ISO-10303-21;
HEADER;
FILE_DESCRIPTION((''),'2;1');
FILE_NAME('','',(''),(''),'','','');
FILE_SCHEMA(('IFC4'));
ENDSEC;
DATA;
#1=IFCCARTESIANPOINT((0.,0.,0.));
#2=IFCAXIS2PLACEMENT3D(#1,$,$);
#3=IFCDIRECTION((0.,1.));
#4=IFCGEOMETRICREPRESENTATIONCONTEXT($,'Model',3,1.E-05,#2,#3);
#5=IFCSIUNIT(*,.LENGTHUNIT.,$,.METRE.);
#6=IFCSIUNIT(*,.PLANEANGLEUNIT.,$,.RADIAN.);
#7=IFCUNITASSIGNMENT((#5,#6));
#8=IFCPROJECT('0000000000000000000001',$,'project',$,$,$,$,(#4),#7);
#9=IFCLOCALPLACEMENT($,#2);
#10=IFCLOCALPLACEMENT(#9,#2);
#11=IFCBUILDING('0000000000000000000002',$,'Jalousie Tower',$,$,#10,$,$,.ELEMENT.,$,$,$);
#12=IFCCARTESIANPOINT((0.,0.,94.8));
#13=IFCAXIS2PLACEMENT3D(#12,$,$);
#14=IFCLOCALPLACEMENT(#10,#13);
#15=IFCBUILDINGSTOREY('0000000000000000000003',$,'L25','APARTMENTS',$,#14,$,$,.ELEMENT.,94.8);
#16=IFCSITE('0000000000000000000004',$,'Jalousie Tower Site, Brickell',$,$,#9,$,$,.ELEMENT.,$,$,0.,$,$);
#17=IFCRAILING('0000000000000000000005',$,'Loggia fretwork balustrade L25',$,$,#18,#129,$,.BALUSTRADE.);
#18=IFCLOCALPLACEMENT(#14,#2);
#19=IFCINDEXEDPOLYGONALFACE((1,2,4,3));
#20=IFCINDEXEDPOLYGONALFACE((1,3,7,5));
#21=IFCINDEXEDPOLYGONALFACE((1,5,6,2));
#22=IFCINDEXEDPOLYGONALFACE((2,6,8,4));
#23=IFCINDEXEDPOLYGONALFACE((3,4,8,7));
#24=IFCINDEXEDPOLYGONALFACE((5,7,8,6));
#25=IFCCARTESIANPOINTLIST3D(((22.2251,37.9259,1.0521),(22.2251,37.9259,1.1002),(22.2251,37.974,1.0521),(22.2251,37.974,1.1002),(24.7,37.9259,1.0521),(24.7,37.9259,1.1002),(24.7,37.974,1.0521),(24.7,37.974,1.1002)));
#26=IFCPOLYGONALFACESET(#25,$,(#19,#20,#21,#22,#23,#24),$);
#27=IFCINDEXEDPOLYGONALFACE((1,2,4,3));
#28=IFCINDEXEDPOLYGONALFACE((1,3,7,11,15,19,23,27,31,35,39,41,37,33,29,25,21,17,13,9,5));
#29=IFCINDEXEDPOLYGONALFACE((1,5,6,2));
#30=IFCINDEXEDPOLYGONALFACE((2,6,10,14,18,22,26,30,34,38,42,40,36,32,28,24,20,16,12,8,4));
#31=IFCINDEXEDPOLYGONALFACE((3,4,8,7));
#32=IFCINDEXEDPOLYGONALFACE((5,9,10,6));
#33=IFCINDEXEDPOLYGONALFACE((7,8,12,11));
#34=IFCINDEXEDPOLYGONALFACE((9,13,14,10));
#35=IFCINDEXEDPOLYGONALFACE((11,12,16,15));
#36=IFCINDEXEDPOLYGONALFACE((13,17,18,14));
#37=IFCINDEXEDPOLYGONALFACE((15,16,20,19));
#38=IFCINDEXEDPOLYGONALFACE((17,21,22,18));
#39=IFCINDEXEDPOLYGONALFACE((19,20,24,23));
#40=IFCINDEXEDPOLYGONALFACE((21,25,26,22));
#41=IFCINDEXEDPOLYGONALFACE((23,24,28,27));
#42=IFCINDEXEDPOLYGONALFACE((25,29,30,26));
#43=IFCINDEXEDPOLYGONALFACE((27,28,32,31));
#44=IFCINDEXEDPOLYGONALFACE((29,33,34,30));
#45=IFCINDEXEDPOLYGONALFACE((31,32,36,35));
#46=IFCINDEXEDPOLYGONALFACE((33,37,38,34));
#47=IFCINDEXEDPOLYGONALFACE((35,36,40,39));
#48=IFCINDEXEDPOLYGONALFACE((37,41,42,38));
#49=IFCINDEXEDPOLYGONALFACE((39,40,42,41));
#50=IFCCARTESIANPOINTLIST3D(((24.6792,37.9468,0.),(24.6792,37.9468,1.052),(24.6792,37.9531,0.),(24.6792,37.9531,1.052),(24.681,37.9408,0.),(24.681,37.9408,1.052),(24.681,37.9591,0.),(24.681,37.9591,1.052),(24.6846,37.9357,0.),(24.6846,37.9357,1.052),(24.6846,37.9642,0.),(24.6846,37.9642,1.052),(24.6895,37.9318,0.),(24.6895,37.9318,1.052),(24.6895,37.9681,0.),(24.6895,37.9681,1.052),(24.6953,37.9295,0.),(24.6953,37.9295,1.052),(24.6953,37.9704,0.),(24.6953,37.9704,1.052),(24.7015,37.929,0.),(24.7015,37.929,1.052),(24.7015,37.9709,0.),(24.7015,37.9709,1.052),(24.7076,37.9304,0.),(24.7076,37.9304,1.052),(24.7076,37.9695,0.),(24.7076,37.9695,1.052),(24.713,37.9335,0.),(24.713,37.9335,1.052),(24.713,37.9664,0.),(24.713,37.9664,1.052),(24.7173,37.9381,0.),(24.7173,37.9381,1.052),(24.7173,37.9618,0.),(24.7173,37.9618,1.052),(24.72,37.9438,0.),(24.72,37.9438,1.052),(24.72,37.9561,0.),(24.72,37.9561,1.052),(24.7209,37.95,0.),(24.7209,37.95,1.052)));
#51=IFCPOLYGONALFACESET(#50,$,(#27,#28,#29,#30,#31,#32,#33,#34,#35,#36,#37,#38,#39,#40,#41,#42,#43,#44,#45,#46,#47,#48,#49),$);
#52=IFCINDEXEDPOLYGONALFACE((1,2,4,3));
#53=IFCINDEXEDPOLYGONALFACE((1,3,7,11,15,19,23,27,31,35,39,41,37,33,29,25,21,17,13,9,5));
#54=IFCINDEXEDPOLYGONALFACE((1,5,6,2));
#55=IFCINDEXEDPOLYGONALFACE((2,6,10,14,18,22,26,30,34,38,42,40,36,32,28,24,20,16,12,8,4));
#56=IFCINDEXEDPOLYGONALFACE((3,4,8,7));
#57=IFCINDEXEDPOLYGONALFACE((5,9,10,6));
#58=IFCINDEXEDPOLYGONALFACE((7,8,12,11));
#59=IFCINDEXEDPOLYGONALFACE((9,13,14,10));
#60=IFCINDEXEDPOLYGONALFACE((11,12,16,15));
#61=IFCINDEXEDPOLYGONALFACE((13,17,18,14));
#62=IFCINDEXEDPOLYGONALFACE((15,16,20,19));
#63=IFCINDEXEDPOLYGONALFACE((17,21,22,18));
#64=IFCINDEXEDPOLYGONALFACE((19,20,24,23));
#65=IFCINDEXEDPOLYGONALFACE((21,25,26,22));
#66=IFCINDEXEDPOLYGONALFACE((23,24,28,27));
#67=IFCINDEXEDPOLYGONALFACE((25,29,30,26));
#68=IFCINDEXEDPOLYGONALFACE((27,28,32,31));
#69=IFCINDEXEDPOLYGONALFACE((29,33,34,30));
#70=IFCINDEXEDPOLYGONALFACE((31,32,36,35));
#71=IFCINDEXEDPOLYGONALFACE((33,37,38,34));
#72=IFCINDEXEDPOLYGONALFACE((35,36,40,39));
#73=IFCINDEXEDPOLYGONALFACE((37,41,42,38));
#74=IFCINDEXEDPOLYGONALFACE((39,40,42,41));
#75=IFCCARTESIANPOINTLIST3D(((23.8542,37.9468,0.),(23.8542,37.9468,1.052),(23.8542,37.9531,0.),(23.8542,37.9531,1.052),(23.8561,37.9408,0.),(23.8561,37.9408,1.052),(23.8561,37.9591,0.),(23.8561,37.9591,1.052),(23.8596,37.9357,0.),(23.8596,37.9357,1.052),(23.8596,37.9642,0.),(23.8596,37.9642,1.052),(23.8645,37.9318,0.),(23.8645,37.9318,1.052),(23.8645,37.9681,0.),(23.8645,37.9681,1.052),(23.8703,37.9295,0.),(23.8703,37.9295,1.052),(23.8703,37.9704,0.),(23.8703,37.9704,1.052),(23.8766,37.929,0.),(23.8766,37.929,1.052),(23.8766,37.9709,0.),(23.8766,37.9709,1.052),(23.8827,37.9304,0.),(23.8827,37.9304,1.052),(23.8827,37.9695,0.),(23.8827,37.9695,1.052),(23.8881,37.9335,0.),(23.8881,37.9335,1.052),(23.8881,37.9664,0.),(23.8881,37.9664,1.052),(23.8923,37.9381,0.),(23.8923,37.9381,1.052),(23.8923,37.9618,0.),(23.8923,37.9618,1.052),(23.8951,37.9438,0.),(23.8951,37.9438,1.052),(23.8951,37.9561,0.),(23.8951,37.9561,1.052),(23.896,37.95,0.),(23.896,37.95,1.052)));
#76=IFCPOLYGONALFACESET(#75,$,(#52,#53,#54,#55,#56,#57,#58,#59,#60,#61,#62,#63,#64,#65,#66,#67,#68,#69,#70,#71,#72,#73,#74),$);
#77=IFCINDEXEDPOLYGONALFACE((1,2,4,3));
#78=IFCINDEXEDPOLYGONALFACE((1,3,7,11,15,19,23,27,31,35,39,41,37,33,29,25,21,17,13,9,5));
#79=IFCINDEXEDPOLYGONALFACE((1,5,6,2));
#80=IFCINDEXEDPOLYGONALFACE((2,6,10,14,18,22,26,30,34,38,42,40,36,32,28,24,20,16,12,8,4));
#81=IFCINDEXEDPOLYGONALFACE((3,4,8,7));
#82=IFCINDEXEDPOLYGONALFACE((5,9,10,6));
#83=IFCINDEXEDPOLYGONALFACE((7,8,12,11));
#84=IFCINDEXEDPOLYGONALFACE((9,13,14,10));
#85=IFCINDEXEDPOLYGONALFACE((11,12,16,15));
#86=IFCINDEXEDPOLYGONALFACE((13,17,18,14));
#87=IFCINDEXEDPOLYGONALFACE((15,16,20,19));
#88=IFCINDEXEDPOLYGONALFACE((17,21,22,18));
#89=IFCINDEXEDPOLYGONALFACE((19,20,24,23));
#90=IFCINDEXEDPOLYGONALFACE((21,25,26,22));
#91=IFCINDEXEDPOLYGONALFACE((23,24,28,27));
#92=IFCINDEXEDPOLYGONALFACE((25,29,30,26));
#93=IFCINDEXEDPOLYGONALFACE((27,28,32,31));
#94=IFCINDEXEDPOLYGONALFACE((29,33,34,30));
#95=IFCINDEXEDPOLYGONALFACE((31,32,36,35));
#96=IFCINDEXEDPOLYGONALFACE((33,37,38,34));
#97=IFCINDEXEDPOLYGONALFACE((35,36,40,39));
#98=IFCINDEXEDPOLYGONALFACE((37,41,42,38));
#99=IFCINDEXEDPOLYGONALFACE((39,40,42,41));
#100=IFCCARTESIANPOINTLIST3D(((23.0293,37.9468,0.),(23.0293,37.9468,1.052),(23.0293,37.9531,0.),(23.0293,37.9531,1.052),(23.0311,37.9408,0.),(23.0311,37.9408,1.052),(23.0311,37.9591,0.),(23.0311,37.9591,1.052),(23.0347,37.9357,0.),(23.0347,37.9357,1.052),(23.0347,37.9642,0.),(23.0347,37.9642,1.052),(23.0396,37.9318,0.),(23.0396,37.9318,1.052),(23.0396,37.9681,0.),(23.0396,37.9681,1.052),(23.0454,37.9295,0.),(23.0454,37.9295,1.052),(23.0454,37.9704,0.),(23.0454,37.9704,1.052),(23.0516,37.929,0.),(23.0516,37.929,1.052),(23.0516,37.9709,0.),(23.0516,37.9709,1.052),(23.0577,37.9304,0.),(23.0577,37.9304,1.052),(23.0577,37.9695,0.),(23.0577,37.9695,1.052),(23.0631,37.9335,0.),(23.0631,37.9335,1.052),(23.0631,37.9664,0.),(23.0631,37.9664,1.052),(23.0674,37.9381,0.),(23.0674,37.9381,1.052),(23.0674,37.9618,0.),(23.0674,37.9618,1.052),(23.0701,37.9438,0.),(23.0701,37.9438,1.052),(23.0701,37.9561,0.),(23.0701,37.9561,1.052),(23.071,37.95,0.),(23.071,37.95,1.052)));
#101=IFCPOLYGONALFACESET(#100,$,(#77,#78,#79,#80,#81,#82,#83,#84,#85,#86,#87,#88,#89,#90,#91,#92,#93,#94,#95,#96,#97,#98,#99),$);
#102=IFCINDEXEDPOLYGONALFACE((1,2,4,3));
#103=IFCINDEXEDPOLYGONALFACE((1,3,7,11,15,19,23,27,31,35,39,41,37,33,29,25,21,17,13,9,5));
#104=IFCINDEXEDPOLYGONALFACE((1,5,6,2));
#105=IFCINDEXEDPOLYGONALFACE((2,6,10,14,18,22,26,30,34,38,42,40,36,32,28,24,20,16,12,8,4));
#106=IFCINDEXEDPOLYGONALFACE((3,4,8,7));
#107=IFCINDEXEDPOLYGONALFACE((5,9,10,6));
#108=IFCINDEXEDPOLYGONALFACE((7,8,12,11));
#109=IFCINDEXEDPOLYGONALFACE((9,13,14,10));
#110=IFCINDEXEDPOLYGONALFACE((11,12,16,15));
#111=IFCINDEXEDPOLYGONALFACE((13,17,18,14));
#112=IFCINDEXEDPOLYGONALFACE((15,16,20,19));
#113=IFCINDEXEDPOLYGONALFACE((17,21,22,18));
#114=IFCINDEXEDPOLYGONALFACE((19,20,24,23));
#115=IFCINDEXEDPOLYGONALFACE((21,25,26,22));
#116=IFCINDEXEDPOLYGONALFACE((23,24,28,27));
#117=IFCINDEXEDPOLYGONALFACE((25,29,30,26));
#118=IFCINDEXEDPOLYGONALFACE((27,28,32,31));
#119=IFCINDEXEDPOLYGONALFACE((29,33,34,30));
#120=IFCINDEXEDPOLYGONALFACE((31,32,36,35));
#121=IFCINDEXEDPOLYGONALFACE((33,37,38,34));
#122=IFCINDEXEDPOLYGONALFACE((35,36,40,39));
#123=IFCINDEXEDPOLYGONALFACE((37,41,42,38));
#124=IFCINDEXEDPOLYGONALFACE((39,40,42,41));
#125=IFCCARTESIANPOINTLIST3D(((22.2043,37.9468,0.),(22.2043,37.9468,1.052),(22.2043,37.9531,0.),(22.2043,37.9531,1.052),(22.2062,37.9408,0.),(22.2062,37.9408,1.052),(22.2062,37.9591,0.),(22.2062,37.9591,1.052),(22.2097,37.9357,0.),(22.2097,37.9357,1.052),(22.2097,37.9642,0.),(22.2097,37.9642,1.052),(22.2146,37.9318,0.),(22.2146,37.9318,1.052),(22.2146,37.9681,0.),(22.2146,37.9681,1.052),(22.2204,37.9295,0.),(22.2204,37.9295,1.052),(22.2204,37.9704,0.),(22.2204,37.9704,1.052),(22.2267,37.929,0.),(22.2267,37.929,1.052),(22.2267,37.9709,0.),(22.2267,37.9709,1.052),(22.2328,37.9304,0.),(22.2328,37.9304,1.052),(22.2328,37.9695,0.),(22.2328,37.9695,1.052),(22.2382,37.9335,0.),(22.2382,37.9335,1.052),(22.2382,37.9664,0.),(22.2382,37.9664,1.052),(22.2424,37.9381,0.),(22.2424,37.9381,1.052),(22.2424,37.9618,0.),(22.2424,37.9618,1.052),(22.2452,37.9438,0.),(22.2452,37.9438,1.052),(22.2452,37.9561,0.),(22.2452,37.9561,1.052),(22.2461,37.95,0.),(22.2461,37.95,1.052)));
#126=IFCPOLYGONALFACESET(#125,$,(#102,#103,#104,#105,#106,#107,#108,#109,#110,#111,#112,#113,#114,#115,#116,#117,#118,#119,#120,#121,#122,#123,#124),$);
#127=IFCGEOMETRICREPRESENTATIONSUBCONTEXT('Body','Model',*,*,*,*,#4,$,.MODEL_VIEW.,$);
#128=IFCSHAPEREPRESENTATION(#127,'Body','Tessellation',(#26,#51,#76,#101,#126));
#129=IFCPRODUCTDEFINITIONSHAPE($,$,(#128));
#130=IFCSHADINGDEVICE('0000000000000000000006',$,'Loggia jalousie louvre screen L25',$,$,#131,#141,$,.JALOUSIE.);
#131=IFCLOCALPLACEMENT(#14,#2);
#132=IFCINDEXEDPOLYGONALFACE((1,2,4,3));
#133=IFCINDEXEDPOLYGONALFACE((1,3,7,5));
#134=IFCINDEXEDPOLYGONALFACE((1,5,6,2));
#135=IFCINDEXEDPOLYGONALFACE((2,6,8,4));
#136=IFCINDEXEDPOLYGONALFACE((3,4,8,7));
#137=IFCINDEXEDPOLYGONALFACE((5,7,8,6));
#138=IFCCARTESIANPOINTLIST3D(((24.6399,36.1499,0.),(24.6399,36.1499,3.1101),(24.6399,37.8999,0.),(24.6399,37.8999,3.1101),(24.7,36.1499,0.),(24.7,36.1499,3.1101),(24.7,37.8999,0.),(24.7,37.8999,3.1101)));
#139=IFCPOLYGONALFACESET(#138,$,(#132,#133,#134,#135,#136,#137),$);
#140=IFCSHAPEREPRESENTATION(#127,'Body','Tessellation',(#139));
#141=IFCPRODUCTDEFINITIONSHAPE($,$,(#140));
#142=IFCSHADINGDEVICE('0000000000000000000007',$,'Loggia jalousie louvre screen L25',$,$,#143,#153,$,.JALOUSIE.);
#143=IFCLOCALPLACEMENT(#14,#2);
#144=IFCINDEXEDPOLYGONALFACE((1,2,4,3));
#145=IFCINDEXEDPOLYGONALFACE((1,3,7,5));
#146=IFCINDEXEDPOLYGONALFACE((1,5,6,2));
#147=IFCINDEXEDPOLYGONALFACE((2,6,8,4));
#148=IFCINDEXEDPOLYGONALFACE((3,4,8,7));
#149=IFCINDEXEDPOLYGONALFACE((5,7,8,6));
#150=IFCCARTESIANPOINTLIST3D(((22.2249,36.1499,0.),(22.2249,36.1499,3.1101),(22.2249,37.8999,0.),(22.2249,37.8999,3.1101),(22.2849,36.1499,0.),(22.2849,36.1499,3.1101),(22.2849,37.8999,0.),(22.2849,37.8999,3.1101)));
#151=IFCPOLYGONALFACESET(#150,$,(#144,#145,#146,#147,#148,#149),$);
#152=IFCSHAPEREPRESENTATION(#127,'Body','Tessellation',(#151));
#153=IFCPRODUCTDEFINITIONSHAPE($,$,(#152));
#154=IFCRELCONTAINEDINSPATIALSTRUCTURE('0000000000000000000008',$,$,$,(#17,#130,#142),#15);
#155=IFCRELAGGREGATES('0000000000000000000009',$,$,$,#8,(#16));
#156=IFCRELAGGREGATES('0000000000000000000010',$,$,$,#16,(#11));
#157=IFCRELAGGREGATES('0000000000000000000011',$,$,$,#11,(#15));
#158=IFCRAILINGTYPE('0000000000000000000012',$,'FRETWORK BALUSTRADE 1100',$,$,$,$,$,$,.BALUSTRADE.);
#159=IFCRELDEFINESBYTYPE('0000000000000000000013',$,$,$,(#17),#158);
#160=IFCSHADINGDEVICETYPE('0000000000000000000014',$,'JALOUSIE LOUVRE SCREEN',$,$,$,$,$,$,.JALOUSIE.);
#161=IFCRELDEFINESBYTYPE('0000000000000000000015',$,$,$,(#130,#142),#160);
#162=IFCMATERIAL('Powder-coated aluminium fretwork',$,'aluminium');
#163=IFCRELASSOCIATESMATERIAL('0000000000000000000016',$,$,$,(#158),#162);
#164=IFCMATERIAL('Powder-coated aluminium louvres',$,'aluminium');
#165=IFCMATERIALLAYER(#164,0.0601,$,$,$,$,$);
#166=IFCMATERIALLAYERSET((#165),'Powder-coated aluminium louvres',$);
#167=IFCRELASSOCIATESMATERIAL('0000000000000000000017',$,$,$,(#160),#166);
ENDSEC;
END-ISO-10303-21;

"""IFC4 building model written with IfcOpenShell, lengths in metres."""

from ifc_helpers import new_model, si_unit, direction, frame, origin, origin_2d, place, context, subcontext, project, spatial, rectangle, circle, extrude, material, layer, layer_set, type_object, element, save


model = new_model("IFC4")

# Units and contexts
model_context = context("Model", 3, precision=1e-05, world=origin(), true_north=direction((0.0, 1.0)))
body_context = subcontext(model_context, "Body", "Model", "MODEL_VIEW")
ifc_project = project(units=[si_unit("LENGTHUNIT", "METRE"), si_unit("PLANEANGLEUNIT", "RADIAN")], contexts=[model_context])

# Site, building, storey
site_placement = place(None, origin())
site = spatial("IfcSite", under=ifc_project, at=site_placement, Name="Jalousie Tower Site, Brickell", CompositionType="ELEMENT", RefElevation=0.0)
building_placement = place(site_placement, origin())
building = spatial("IfcBuilding", under=site, at=building_placement, Name="Jalousie Tower", CompositionType="ELEMENT")
storey_placement = place(building_placement, frame((0.0, 0.0, 94.8)))
storey = spatial("IfcBuildingStorey", under=building, at=storey_placement, Name="L25", Description="APARTMENTS", CompositionType="ELEMENT", Elevation=94.8)

# Railing
ifc_material_1 = material(Name="Powder-coated aluminium fretwork", Category="aluminium")
railing_type = type_object("IfcRailingType", Name="FRETWORK BALUSTRADE 1100", PredefinedType="BALUSTRADE", material=ifc_material_1)
railing_placement = place(storey_placement, frame((24.7, 37.95, 0.0)))
element("IfcRailing", 1, at=railing_placement, inside=storey, type_object=railing_type, Name="Loggia fretwork balustrade L25", PredefinedType="BALUSTRADE", context=body_context, shape_type="SweptSolid", body=[
    extrude(rectangle(XDim=0.0481, YDim=0.0481, at=origin_2d()), frame((0.0, 0.0, 1.0762), z_axis=(-1.0, 0.0, 0.0), x_axis=(0.0, -1.0, 0.0)), (0.0, 0.0, 1.0), 2.4749),
    extrude(circle(Radius=0.021, at=origin_2d()), origin(), (0.0, 0.0, 1.0), 1.052),
    extrude(circle(Radius=0.021, at=origin_2d()), frame((-0.825, 0.0, 0.0)), (0.0, 0.0, 1.0), 1.052),
    extrude(circle(Radius=0.021, at=origin_2d()), frame((-1.6499, 0.0, 0.0)), (0.0, 0.0, 1.0), 1.052),
    extrude(circle(Radius=0.021, at=origin_2d()), frame((-2.4749, 0.0, 0.0)), (0.0, 0.0, 1.0), 1.052),
])

# Shading devices
ifc_material_2 = material(Name="Powder-coated aluminium louvres", Category="aluminium")
ifc_layer_1 = layer(ifc_material_2, 0.0601)
ifc_layer_set_1 = layer_set([ifc_layer_1], Name="Powder-coated aluminium louvres")
shading_device_type_1 = type_object("IfcShadingDeviceType", Name="JALOUSIE LOUVRE SCREEN", PredefinedType="JALOUSIE", material=ifc_layer_set_1)
for number, where, z_axis, x_axis, name in (
    (2, (24.6699, 37.0249, 0.0), (0.0, 0.0, 1.0), (-1.0, 0.0, 0.0), "Loggia jalousie louvre screen L25"),
    (3, (22.2549, 37.0249, 0.0), (0.0, 0.0, 1.0), (-1.0, 0.0, 0.0), "Loggia jalousie louvre screen L25"),
):
    element("IfcShadingDevice", number, at=place(storey_placement, frame(where, z_axis=z_axis, x_axis=x_axis)), inside=storey, type_object=shading_device_type_1, Name=name, PredefinedType="JALOUSIE", context=body_context, shape_type="SweptSolid", body=[
        extrude(rectangle(XDim=0.0601, YDim=1.75, at=origin_2d()), origin(), (0.0, 0.0, 1.0), 3.1101),
    ])

save(model, "model.ifc")
